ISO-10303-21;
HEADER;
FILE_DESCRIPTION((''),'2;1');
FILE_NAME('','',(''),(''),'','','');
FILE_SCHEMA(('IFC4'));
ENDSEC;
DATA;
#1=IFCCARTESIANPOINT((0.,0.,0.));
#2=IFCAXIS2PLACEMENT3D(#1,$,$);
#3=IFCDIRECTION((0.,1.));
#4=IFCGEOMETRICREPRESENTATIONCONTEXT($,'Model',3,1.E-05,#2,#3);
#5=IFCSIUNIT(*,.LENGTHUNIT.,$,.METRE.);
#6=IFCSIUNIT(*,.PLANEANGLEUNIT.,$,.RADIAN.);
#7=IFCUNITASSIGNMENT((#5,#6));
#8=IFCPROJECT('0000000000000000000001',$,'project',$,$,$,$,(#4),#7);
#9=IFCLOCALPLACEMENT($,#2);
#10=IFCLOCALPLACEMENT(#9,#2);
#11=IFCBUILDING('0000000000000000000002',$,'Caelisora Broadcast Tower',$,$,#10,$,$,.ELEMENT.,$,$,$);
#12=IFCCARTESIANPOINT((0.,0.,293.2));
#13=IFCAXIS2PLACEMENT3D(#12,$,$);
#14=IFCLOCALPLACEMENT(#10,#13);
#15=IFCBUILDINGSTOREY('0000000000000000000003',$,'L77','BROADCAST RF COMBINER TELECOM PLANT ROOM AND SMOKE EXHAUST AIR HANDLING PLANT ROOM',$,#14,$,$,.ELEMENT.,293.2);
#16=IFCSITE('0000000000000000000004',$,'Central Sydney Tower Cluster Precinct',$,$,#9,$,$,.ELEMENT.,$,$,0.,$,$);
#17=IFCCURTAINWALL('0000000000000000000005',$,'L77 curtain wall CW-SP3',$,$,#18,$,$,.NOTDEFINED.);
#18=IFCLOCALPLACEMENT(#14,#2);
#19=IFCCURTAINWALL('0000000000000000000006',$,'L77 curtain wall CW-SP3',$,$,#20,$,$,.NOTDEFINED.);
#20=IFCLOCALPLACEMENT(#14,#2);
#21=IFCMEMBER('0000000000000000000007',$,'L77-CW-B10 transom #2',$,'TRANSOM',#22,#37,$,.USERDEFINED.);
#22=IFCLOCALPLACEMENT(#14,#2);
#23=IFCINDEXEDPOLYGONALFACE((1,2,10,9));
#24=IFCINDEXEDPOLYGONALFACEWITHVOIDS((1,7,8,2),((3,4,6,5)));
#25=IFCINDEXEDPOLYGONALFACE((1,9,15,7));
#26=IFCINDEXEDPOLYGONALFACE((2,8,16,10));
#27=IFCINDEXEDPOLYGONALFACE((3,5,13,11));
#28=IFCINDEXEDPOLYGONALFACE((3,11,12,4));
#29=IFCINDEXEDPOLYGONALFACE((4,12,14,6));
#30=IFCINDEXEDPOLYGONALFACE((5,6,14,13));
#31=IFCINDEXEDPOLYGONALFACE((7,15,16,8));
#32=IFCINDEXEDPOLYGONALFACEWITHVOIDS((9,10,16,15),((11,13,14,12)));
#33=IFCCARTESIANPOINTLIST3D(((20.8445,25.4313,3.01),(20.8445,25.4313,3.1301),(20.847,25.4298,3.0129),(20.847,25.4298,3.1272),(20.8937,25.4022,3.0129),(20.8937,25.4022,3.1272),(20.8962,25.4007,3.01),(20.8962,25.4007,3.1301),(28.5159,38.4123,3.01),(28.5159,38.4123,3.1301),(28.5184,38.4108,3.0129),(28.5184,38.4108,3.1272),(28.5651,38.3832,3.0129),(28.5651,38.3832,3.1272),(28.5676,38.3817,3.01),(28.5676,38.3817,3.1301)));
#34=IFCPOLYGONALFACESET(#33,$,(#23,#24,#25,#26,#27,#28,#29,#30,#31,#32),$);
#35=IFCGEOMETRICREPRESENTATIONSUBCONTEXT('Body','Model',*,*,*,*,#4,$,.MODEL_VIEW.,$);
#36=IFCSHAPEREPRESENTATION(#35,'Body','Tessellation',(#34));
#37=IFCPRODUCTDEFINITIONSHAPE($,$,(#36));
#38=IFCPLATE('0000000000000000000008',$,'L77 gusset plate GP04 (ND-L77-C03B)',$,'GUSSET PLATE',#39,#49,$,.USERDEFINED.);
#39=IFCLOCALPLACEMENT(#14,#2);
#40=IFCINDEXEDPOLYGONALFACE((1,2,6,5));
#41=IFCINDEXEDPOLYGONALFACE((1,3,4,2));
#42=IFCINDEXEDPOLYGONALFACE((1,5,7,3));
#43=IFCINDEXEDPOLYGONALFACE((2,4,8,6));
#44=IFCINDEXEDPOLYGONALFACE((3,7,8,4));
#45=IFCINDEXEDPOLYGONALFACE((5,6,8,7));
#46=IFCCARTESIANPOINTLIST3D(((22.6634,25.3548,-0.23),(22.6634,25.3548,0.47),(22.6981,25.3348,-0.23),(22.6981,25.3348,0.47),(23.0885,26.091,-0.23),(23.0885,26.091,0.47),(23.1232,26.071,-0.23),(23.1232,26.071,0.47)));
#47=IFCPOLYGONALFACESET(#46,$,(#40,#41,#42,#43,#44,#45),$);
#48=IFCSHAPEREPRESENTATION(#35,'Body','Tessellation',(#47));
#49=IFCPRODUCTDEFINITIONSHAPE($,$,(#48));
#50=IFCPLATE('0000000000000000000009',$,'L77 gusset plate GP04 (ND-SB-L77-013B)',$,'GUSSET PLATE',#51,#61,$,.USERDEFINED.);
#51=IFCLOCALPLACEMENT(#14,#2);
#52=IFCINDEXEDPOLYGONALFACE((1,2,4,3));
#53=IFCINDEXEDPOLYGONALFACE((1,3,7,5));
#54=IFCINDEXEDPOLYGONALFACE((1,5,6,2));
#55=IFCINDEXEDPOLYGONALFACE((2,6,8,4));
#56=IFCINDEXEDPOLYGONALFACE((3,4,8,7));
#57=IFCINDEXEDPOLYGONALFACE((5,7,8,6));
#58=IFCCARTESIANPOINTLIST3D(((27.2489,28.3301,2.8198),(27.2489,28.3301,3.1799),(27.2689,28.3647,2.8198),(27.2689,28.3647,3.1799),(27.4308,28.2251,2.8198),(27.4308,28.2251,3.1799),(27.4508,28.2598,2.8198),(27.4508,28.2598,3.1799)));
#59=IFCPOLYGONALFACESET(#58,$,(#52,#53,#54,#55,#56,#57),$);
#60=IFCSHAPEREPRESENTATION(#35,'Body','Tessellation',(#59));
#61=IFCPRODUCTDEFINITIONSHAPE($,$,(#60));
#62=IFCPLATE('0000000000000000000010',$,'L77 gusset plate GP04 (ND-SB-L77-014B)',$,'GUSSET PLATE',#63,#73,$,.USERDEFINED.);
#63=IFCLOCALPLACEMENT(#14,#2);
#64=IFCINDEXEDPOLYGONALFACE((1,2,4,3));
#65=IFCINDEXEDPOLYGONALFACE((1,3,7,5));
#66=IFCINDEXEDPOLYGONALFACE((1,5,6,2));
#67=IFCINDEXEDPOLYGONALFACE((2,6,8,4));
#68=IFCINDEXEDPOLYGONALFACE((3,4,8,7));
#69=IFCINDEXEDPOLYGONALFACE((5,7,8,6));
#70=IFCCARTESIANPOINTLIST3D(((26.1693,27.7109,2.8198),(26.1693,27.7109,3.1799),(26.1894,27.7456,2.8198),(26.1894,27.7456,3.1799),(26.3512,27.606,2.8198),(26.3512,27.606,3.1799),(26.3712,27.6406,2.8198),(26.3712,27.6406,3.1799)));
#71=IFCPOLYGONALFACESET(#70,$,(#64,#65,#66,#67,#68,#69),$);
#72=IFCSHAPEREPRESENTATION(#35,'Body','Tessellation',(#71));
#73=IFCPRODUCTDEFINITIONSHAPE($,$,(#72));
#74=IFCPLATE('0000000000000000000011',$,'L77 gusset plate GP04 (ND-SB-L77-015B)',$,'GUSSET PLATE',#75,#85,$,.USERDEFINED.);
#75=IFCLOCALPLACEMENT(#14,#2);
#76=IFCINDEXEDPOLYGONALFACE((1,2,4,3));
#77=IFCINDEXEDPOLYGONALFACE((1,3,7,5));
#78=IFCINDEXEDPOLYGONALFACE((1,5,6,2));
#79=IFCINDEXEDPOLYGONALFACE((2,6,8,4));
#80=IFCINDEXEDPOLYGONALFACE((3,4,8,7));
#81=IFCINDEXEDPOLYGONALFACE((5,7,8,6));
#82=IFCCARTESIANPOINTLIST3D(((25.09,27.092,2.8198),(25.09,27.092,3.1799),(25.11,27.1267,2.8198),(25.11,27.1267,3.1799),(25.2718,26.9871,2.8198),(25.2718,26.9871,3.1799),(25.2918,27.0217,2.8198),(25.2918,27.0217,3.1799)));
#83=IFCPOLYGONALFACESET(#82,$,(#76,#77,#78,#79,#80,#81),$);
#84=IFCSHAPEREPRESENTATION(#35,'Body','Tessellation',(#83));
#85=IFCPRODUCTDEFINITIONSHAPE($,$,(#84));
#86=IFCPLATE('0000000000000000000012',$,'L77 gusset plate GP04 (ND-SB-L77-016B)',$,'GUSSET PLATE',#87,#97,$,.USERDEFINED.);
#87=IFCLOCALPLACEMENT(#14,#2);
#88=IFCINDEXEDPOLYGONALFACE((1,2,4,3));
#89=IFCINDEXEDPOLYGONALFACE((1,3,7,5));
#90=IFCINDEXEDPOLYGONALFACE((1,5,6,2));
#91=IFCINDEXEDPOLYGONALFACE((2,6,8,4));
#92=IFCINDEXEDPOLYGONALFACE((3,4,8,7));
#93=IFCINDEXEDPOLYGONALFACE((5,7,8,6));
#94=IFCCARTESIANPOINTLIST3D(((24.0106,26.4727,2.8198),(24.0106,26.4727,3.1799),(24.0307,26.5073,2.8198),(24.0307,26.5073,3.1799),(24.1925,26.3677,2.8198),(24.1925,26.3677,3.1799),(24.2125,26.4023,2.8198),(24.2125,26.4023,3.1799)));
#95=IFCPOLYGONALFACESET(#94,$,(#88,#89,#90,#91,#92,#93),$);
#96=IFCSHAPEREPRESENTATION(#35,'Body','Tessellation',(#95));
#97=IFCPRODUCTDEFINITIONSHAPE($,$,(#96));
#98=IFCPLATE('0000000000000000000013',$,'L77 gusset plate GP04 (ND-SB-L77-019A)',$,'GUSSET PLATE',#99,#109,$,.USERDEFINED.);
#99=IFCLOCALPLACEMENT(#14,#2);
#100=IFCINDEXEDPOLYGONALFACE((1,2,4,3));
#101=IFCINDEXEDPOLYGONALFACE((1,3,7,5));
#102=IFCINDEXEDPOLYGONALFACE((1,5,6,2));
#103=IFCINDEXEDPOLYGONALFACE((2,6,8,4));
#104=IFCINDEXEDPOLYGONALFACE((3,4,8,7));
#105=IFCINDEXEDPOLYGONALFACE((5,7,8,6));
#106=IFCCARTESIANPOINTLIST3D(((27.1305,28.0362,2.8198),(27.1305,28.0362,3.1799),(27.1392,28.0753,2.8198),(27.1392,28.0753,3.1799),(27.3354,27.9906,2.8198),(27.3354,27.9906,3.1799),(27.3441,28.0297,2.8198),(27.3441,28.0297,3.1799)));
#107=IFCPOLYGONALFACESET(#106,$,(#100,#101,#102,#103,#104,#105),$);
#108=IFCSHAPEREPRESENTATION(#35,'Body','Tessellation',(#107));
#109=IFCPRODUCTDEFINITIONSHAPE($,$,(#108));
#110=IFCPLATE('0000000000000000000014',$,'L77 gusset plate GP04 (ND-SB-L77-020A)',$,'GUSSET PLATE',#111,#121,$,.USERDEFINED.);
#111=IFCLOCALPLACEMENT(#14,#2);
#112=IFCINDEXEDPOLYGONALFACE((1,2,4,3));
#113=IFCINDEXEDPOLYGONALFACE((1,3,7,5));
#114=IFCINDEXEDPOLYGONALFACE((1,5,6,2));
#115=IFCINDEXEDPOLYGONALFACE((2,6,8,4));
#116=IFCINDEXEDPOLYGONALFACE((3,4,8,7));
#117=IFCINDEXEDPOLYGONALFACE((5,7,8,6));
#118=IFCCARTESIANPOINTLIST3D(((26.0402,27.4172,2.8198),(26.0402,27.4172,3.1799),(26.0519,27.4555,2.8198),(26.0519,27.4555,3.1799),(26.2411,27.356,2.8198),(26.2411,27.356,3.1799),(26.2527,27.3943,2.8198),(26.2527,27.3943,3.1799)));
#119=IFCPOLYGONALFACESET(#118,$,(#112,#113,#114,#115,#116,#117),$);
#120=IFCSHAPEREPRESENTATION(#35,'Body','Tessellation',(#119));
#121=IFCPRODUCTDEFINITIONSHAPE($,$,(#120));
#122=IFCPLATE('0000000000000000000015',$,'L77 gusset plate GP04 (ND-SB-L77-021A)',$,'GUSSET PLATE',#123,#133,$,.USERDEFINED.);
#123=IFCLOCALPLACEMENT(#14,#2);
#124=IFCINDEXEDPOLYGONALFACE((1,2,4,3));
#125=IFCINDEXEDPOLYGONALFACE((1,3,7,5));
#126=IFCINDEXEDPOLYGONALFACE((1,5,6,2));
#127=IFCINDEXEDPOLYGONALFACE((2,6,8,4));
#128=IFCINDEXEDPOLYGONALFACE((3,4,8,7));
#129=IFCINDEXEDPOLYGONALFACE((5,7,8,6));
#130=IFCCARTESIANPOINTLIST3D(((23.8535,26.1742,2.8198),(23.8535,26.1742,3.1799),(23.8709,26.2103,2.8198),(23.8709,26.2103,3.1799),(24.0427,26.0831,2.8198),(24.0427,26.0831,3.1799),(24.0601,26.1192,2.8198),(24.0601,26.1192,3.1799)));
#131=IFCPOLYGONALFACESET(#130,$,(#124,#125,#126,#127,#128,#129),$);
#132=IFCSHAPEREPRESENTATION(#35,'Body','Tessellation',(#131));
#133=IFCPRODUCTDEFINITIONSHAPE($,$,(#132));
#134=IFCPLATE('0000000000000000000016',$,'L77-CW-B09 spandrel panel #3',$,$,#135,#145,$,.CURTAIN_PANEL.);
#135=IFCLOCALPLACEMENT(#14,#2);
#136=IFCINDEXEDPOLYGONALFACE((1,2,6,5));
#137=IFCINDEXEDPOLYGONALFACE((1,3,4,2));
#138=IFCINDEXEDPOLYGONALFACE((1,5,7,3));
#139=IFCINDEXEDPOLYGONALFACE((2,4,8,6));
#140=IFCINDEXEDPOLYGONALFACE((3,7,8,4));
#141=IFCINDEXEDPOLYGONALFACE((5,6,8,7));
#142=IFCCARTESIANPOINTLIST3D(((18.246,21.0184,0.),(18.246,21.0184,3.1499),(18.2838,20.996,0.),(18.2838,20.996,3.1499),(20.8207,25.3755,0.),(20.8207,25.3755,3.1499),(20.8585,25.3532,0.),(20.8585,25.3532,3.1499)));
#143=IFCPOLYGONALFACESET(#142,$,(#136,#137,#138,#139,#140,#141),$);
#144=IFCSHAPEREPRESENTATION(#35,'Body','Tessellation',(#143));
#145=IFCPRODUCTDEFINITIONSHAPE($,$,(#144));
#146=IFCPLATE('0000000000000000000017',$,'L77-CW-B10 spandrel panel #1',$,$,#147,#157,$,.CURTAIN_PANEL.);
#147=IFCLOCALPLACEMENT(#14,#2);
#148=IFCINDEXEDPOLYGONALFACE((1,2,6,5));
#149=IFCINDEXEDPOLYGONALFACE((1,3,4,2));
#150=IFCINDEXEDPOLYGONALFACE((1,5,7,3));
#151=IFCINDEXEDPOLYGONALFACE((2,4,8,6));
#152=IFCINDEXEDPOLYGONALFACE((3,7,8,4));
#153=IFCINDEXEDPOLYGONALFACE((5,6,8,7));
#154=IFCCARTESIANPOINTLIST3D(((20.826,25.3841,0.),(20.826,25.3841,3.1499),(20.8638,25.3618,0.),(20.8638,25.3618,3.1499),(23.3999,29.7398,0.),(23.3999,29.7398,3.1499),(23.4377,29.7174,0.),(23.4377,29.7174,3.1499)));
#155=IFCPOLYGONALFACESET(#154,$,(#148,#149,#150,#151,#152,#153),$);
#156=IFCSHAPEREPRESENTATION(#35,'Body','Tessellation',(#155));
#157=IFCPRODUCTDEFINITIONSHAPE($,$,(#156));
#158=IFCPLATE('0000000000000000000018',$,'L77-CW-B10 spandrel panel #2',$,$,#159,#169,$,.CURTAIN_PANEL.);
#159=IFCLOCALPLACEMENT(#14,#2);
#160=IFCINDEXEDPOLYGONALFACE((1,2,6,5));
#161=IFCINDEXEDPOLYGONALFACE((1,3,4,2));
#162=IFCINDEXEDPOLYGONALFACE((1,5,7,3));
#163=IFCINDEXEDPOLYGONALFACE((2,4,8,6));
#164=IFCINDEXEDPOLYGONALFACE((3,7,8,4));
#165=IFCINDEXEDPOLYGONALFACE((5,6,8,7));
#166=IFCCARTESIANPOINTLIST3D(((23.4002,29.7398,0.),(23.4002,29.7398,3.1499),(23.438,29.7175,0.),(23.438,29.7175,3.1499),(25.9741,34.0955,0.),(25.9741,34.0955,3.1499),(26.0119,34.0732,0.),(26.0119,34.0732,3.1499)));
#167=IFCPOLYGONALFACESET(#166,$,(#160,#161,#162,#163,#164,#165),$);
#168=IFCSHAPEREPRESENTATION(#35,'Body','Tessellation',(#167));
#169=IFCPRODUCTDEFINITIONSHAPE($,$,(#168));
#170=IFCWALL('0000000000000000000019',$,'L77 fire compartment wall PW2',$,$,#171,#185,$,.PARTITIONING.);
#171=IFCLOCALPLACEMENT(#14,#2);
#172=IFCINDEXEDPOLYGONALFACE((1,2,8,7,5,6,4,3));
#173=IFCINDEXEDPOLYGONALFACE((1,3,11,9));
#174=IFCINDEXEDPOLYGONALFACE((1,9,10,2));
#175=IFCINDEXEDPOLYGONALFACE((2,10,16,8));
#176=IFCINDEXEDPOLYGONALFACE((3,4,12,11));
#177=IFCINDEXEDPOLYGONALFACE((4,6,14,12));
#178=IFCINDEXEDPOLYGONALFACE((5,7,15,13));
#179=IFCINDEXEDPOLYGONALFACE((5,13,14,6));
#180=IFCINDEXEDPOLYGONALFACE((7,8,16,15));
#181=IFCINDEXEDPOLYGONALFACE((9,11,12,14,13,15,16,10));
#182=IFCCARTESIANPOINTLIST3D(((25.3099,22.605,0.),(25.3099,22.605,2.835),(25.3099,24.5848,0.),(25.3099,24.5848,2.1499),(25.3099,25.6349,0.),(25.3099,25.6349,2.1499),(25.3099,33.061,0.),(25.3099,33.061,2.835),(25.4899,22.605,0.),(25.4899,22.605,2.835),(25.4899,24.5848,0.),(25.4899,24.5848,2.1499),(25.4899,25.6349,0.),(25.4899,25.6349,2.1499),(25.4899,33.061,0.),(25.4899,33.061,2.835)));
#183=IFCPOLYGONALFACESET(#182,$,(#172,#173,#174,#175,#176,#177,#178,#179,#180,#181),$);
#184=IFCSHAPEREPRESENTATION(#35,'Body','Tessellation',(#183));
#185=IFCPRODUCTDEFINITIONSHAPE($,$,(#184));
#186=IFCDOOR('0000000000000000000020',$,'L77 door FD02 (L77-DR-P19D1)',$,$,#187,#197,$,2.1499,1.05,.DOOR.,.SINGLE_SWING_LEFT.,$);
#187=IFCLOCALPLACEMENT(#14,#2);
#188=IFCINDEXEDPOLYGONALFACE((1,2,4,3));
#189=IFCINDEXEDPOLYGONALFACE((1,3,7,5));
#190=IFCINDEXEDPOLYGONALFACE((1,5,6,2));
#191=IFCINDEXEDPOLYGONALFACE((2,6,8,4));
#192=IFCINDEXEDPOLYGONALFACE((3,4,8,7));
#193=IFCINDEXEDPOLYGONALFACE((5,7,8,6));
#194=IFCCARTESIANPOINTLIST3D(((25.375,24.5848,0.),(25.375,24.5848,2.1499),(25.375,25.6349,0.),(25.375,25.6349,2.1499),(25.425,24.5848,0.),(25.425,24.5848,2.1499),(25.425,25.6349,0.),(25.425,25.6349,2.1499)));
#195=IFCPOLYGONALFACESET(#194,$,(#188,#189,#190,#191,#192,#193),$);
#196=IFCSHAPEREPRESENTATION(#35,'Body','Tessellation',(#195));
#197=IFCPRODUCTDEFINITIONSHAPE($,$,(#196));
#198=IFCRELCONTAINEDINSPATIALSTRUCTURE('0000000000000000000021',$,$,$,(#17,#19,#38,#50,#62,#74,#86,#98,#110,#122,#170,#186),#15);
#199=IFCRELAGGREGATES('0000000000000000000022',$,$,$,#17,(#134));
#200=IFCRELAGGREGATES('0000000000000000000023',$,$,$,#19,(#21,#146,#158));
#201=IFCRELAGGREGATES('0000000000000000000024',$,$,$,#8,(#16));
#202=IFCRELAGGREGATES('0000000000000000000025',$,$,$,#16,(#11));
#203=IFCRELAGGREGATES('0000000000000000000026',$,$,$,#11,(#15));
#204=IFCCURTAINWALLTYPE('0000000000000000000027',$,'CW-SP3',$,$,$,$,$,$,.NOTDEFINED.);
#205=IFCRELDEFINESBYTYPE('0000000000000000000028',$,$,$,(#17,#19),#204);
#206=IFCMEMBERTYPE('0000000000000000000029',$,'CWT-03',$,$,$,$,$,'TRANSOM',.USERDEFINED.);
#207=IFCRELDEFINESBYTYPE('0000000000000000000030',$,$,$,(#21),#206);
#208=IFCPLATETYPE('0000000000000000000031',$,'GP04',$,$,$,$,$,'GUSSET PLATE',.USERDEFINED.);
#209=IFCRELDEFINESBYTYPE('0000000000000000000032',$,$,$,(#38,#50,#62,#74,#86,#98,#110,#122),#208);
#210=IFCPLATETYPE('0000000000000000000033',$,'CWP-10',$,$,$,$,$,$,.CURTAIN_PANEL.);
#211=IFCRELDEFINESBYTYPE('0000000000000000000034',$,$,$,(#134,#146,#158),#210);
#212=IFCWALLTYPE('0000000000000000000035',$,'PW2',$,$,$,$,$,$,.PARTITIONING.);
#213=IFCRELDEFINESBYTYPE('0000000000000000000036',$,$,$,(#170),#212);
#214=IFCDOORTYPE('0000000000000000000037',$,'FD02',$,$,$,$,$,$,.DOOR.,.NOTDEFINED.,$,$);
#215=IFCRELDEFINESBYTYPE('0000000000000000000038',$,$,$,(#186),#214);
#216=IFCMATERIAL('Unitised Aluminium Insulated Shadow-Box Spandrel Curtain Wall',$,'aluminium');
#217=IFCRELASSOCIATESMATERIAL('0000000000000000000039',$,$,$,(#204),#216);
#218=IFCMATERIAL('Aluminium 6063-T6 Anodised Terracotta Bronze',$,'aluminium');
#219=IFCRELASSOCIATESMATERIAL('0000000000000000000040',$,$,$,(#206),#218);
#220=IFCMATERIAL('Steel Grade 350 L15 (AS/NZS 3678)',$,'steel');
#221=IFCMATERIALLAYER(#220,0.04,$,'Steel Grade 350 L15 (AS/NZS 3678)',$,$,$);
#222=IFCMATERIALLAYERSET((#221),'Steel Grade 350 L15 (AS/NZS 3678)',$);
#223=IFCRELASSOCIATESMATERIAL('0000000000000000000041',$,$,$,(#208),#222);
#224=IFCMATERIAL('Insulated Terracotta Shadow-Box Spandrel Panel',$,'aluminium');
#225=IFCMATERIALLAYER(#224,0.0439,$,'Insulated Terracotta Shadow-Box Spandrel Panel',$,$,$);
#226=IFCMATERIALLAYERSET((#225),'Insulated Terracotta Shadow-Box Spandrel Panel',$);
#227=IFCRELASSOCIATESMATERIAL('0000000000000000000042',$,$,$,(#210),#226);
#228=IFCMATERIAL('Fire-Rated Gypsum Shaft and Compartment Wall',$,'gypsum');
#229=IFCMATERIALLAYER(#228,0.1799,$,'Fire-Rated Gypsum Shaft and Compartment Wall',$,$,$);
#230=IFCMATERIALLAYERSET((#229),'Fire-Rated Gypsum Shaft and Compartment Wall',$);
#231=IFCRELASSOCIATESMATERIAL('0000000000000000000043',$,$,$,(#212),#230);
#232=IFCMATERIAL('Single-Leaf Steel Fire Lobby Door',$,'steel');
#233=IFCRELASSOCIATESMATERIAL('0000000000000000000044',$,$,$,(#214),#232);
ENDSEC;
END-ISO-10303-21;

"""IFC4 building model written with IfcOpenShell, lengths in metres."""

from ifc_helpers import new_model, si_unit, direction, frame, frame_2d, origin, origin_2d, place, context, subcontext, project, spatial, rectangle, hollow_rectangle, extrude, source, transform, mapped, material, layer, layer_set, material_profile, profile_set, type_object, type_shapes, element, fill, aggregate, save


model = new_model("IFC4")

# Units and contexts
model_context = context("Model", 3, precision=1e-05, world=origin(), true_north=direction((0.0, 1.0)))
body_context = subcontext(model_context, "Body", "Model", "MODEL_VIEW")
ifc_project = project(units=[si_unit("LENGTHUNIT", "METRE"), si_unit("PLANEANGLEUNIT", "RADIAN")], contexts=[model_context])

# Site, building, storey
site_placement = place(None, origin())
site = spatial("IfcSite", under=ifc_project, at=site_placement, Name="Central Sydney Tower Cluster Precinct", CompositionType="ELEMENT", RefElevation=0.0)
building_placement = place(site_placement, origin())
building = spatial("IfcBuilding", under=site, at=building_placement, Name="Caelisora Broadcast Tower", CompositionType="ELEMENT")
storey_placement = place(building_placement, frame((0.0, 0.0, 293.2)))
storey = spatial("IfcBuildingStorey", under=building, at=storey_placement, Name="L77", Description="BROADCAST RF COMBINER TELECOM PLANT ROOM AND SMOKE EXHAUST AIR HANDLING PLANT ROOM", CompositionType="ELEMENT", Elevation=293.2)

# Curtain wall
ifc_material_1 = material(Name="Unitised Aluminium Insulated Shadow-Box Spandrel Curtain Wall", Category="aluminium")
curtain_wall_type = type_object("IfcCurtainWallType", Name="CW-SP3", PredefinedType="NOTDEFINED", material=ifc_material_1)
curtain_wall_1_placement = place(storey_placement, origin())
curtain_wall_1 = element("IfcCurtainWall", 1, at=curtain_wall_1_placement, inside=storey, type_object=curtain_wall_type, Name="L77 curtain wall CW-SP3", PredefinedType="NOTDEFINED")
ifc_material_2 = material(Name="Aluminium 6063-T6 Anodised Terracotta Bronze", Category="aluminium")

# Curtain wall, member
curtain_wall_2_placement = place(storey_placement, origin())
curtain_wall_2 = element("IfcCurtainWall", 2, at=curtain_wall_2_placement, inside=storey, type_object=curtain_wall_type, Name="L77 curtain wall CW-SP3", PredefinedType="NOTDEFINED")
ifc_material_profile_1 = material_profile(ifc_material_2, hollow_rectangle(XDim=0.0601, YDim=0.1201, WallThickness=0.0029, at=origin_2d()), Name="Aluminium 6063-T6 Anodised Terracotta Bronze")
ifc_profile_set_1 = profile_set([ifc_material_profile_1], Name="Aluminium 6063-T6 Anodised Terracotta Bronze")
member_type_1 = type_object("IfcMemberType", Name="CWT-03", ElementType="TRANSOM", PredefinedType="USERDEFINED", material=ifc_profile_set_1)
shared_shape_1 = source(origin(), body_context, "Body", "SweptSolid", [
    extrude(hollow_rectangle(XDim=0.0601, YDim=0.1201, WallThickness=0.0029, at=origin_2d()), origin(), (0.0, 0.0, 1.0), 15.0784),
])
type_shapes(member_type_1, [shared_shape_1])
member_1_placement = place(storey_placement, frame((20.8704, 25.416, 3.0701), z_axis=(0.50877, 0.860903, 0.0), x_axis=(-0.860903, 0.50877, 0.0)))
member_1 = element("IfcMember", 3, at=member_1_placement, type_object=member_type_1, Name="L77-CW-B10 transom #2", ObjectType="TRANSOM", PredefinedType="USERDEFINED", context=body_context, shape_type="MappedRepresentation", body=[
    mapped(shared_shape_1, transform((0.0, 0.0, 0.0), scale=1.0)),
])

# Plates
ifc_material_3 = material(Name="Steel Grade 350 L15 (AS/NZS 3678)", Category="steel")
ifc_layer_1 = layer(ifc_material_3, 0.04, Name="Steel Grade 350 L15 (AS/NZS 3678)")
ifc_layer_set_1 = layer_set([ifc_layer_1], Name="Steel Grade 350 L15 (AS/NZS 3678)")
plate_type_1 = type_object("IfcPlateType", Name="GP04", ElementType="GUSSET PLATE", PredefinedType="USERDEFINED", material=ifc_layer_set_1)
shared_shape_2 = source(origin(), body_context, "Body", "SweptSolid", [
    extrude(rectangle(XDim=0.8501, YDim=0.04, at=origin_2d()), origin(), (0.0, 0.0, 1.0), 0.7),
])
plate_1_placement = place(storey_placement, frame((22.8933, 25.7129, -0.23), z_axis=(0.0, 0.0, 1.0), x_axis=(-0.5, -0.866025, 0.0)))
element("IfcPlate", 4, at=plate_1_placement, inside=storey, type_object=plate_type_1, Name="L77 gusset plate GP04 (ND-L77-C03B)", ObjectType="GUSSET PLATE", PredefinedType="USERDEFINED", context=body_context, shape_type="MappedRepresentation", body=[
    mapped(shared_shape_2, transform((0.0, 0.0, 0.0), scale=1.0)),
])
shared_shape_3 = source(origin(), body_context, "Body", "SweptSolid", [
    extrude(rectangle(XDim=0.21, YDim=0.04, at=origin_2d()), origin(), (0.0, 0.0, 1.0), 0.3601),
])
type_shapes(plate_type_1, [shared_shape_2, shared_shape_3])
for number, where, z_axis, x_axis, name in (
    (5, (27.3499, 28.2949, 2.8198), (0.0, 0.0, 1.0), (0.866025, -0.5, 0.0), "L77 gusset plate GP04 (ND-SB-L77-013B)"),
    (6, (26.2703, 27.6758, 2.8198), (0.0, 0.0, 1.0), (0.866025, -0.5, 0.0), "L77 gusset plate GP04 (ND-SB-L77-014B)"),
    (7, (25.1909, 27.0569, 2.8198), (0.0, 0.0, 1.0), (0.866025, -0.5, 0.0), "L77 gusset plate GP04 (ND-SB-L77-015B)"),
    (8, (24.1116, 26.4375, 2.8198), (0.0, 0.0, 1.0), (0.866025, -0.5, 0.0), "L77 gusset plate GP04 (ND-SB-L77-016B)"),
    (9, (27.2373, 28.033, 2.8198), (0.0, 0.0, 1.0), (0.976107, -0.217292, 0.0), "L77 gusset plate GP04 (ND-SB-L77-019A)"),
    (10, (26.1465, 27.4058, 2.8198), (0.0, 0.0, 1.0), (0.956661, -0.291203, 0.0), "L77 gusset plate GP04 (ND-SB-L77-020A)"),
    (11, (23.9568, 26.1467, 2.8198), (0.0, 0.0, 1.0), (0.901001, -0.433816, 0.0), "L77 gusset plate GP04 (ND-SB-L77-021A)"),
):
    element("IfcPlate", number, at=place(storey_placement, frame(where, z_axis=z_axis, x_axis=x_axis)), inside=storey, type_object=plate_type_1, Name=name, ObjectType="GUSSET PLATE", PredefinedType="USERDEFINED", context=body_context, shape_type="MappedRepresentation", body=[
        mapped(shared_shape_3, transform((0.0, 0.0, 0.0), scale=1.0)),
    ])

# Plates
ifc_material_4 = material(Name="Insulated Terracotta Shadow-Box Spandrel Panel", Category="aluminium")
ifc_layer_2 = layer(ifc_material_4, 0.0439, Name="Insulated Terracotta Shadow-Box Spandrel Panel")
ifc_layer_set_2 = layer_set([ifc_layer_2], Name="Insulated Terracotta Shadow-Box Spandrel Panel")
plate_type_2 = type_object("IfcPlateType", Name="CWP-10", PredefinedType="CURTAIN_PANEL", material=ifc_layer_set_2)
shared_shape_4 = source(origin(), body_context, "Body", "SweptSolid", [
    extrude(rectangle(XDim=5.061, YDim=0.0439, at=origin_2d()), origin(), (0.0, 0.0, 1.0), 3.1499),
])
plate_2_placement = place(storey_placement, frame((19.5522, 23.1858, 0.0), z_axis=(0.0, 0.0, 1.0), x_axis=(0.508741, 0.86092, 0.0)))
plate_2 = element("IfcPlate", 12, at=plate_2_placement, type_object=plate_type_2, Name="L77-CW-B09 spandrel panel #3", PredefinedType="CURTAIN_PANEL", context=body_context, shape_type="MappedRepresentation", body=[
    mapped(shared_shape_4, transform((0.0, 0.0, 0.0), scale=1.0)),
])
aggregate(curtain_wall_1, [plate_2])
shared_shape_5 = source(origin(), body_context, "Body", "SweptSolid", [
    extrude(rectangle(XDim=5.0593, YDim=0.0439, at=origin_2d()), origin(), (0.0, 0.0, 1.0), 3.1499),
])
type_shapes(plate_type_2, [shared_shape_4, shared_shape_5])
plate_3_placement = place(storey_placement, frame((22.1318, 27.5508, 0.0), z_axis=(0.0, 0.0, 1.0), x_axis=(0.508741, 0.86092, 0.0)))
plate_3 = element("IfcPlate", 13, at=plate_3_placement, type_object=plate_type_2, Name="L77-CW-B10 spandrel panel #1", PredefinedType="CURTAIN_PANEL", context=body_context, shape_type="MappedRepresentation", body=[
    mapped(shared_shape_5, transform((0.0, 0.0, 0.0), scale=1.0)),
])
plate_4_placement = place(storey_placement, frame((24.7061, 31.9065, 0.0), z_axis=(0.0, 0.0, 1.0), x_axis=(0.508741, 0.86092, 0.0)))
plate_4 = element("IfcPlate", 14, at=plate_4_placement, type_object=plate_type_2, Name="L77-CW-B10 spandrel panel #2", PredefinedType="CURTAIN_PANEL", context=body_context, shape_type="MappedRepresentation", body=[
    mapped(shared_shape_5, transform((0.0, 0.0, 0.0), scale=1.0)),
])
aggregate(curtain_wall_2, [member_1, plate_3, plate_4])

# Wall, opening, door
ifc_material_5 = material(Name="Fire-Rated Gypsum Shaft and Compartment Wall", Category="gypsum")
ifc_layer_3 = layer(ifc_material_5, 0.1799, Name="Fire-Rated Gypsum Shaft and Compartment Wall")
ifc_layer_set_3 = layer_set([ifc_layer_3], Name="Fire-Rated Gypsum Shaft and Compartment Wall")
wall_type = type_object("IfcWallType", Name="PW2", PredefinedType="PARTITIONING", material=ifc_layer_set_3)
wall_1_placement = place(storey_placement, frame((25.3999, 22.605, 0.0), z_axis=(0.0, 0.0, 1.0), x_axis=(0.0, 1.0, 0.0)))
wall_1 = element("IfcWall", 15, at=wall_1_placement, inside=storey, type_object=wall_type, Name="L77 fire compartment wall PW2", PredefinedType="PARTITIONING", context=body_context, shape_type="SweptSolid", body=[
    extrude(rectangle(XDim=10.4561, YDim=0.1799, at=frame_2d((5.228, 0.0))), origin(), (0.0, 0.0, 1.0), 2.835),
])
opening_placement = place(wall_1_placement, frame((1.98, 0.0, 0.0)))
opening = element("IfcOpeningElement", 16, at=opening_placement, cuts=wall_1, PredefinedType="OPENING", context=body_context, shape_type="SweptSolid", body=[
    extrude(rectangle(XDim=1.05, YDim=2.1499, at=frame_2d((0.5249, 1.075))), frame((0.0, 0.1021, 0.0), z_axis=(0.0, -1.0, 0.0), x_axis=(1.0, 0.0, 0.0)), (0.0, 0.0, 1.0), 0.2039),
])
ifc_material_6 = material(Name="Single-Leaf Steel Fire Lobby Door", Category="steel")
door_type = type_object("IfcDoorType", Name="FD02", OperationType="NOTDEFINED", PredefinedType="DOOR", material=ifc_material_6)
door_placement = place(opening_placement, origin())
door = element("IfcDoor", 17, at=door_placement, inside=storey, type_object=door_type, Name="L77 door FD02 (L77-DR-P19D1)", OperationType="SINGLE_SWING_LEFT", OverallHeight=2.1499, OverallWidth=1.05, PredefinedType="DOOR", context=body_context, shape_type="SweptSolid", body=[
    extrude(rectangle(XDim=1.05, YDim=2.1499, at=frame_2d((0.5249, 1.075))), frame((0.0, 0.0249, 0.0), z_axis=(0.0, -1.0, 0.0), x_axis=(1.0, 0.0, 0.0)), (0.0, 0.0, 1.0), 0.05),
])
fill(opening, door)

save(model, "model.ifc")
